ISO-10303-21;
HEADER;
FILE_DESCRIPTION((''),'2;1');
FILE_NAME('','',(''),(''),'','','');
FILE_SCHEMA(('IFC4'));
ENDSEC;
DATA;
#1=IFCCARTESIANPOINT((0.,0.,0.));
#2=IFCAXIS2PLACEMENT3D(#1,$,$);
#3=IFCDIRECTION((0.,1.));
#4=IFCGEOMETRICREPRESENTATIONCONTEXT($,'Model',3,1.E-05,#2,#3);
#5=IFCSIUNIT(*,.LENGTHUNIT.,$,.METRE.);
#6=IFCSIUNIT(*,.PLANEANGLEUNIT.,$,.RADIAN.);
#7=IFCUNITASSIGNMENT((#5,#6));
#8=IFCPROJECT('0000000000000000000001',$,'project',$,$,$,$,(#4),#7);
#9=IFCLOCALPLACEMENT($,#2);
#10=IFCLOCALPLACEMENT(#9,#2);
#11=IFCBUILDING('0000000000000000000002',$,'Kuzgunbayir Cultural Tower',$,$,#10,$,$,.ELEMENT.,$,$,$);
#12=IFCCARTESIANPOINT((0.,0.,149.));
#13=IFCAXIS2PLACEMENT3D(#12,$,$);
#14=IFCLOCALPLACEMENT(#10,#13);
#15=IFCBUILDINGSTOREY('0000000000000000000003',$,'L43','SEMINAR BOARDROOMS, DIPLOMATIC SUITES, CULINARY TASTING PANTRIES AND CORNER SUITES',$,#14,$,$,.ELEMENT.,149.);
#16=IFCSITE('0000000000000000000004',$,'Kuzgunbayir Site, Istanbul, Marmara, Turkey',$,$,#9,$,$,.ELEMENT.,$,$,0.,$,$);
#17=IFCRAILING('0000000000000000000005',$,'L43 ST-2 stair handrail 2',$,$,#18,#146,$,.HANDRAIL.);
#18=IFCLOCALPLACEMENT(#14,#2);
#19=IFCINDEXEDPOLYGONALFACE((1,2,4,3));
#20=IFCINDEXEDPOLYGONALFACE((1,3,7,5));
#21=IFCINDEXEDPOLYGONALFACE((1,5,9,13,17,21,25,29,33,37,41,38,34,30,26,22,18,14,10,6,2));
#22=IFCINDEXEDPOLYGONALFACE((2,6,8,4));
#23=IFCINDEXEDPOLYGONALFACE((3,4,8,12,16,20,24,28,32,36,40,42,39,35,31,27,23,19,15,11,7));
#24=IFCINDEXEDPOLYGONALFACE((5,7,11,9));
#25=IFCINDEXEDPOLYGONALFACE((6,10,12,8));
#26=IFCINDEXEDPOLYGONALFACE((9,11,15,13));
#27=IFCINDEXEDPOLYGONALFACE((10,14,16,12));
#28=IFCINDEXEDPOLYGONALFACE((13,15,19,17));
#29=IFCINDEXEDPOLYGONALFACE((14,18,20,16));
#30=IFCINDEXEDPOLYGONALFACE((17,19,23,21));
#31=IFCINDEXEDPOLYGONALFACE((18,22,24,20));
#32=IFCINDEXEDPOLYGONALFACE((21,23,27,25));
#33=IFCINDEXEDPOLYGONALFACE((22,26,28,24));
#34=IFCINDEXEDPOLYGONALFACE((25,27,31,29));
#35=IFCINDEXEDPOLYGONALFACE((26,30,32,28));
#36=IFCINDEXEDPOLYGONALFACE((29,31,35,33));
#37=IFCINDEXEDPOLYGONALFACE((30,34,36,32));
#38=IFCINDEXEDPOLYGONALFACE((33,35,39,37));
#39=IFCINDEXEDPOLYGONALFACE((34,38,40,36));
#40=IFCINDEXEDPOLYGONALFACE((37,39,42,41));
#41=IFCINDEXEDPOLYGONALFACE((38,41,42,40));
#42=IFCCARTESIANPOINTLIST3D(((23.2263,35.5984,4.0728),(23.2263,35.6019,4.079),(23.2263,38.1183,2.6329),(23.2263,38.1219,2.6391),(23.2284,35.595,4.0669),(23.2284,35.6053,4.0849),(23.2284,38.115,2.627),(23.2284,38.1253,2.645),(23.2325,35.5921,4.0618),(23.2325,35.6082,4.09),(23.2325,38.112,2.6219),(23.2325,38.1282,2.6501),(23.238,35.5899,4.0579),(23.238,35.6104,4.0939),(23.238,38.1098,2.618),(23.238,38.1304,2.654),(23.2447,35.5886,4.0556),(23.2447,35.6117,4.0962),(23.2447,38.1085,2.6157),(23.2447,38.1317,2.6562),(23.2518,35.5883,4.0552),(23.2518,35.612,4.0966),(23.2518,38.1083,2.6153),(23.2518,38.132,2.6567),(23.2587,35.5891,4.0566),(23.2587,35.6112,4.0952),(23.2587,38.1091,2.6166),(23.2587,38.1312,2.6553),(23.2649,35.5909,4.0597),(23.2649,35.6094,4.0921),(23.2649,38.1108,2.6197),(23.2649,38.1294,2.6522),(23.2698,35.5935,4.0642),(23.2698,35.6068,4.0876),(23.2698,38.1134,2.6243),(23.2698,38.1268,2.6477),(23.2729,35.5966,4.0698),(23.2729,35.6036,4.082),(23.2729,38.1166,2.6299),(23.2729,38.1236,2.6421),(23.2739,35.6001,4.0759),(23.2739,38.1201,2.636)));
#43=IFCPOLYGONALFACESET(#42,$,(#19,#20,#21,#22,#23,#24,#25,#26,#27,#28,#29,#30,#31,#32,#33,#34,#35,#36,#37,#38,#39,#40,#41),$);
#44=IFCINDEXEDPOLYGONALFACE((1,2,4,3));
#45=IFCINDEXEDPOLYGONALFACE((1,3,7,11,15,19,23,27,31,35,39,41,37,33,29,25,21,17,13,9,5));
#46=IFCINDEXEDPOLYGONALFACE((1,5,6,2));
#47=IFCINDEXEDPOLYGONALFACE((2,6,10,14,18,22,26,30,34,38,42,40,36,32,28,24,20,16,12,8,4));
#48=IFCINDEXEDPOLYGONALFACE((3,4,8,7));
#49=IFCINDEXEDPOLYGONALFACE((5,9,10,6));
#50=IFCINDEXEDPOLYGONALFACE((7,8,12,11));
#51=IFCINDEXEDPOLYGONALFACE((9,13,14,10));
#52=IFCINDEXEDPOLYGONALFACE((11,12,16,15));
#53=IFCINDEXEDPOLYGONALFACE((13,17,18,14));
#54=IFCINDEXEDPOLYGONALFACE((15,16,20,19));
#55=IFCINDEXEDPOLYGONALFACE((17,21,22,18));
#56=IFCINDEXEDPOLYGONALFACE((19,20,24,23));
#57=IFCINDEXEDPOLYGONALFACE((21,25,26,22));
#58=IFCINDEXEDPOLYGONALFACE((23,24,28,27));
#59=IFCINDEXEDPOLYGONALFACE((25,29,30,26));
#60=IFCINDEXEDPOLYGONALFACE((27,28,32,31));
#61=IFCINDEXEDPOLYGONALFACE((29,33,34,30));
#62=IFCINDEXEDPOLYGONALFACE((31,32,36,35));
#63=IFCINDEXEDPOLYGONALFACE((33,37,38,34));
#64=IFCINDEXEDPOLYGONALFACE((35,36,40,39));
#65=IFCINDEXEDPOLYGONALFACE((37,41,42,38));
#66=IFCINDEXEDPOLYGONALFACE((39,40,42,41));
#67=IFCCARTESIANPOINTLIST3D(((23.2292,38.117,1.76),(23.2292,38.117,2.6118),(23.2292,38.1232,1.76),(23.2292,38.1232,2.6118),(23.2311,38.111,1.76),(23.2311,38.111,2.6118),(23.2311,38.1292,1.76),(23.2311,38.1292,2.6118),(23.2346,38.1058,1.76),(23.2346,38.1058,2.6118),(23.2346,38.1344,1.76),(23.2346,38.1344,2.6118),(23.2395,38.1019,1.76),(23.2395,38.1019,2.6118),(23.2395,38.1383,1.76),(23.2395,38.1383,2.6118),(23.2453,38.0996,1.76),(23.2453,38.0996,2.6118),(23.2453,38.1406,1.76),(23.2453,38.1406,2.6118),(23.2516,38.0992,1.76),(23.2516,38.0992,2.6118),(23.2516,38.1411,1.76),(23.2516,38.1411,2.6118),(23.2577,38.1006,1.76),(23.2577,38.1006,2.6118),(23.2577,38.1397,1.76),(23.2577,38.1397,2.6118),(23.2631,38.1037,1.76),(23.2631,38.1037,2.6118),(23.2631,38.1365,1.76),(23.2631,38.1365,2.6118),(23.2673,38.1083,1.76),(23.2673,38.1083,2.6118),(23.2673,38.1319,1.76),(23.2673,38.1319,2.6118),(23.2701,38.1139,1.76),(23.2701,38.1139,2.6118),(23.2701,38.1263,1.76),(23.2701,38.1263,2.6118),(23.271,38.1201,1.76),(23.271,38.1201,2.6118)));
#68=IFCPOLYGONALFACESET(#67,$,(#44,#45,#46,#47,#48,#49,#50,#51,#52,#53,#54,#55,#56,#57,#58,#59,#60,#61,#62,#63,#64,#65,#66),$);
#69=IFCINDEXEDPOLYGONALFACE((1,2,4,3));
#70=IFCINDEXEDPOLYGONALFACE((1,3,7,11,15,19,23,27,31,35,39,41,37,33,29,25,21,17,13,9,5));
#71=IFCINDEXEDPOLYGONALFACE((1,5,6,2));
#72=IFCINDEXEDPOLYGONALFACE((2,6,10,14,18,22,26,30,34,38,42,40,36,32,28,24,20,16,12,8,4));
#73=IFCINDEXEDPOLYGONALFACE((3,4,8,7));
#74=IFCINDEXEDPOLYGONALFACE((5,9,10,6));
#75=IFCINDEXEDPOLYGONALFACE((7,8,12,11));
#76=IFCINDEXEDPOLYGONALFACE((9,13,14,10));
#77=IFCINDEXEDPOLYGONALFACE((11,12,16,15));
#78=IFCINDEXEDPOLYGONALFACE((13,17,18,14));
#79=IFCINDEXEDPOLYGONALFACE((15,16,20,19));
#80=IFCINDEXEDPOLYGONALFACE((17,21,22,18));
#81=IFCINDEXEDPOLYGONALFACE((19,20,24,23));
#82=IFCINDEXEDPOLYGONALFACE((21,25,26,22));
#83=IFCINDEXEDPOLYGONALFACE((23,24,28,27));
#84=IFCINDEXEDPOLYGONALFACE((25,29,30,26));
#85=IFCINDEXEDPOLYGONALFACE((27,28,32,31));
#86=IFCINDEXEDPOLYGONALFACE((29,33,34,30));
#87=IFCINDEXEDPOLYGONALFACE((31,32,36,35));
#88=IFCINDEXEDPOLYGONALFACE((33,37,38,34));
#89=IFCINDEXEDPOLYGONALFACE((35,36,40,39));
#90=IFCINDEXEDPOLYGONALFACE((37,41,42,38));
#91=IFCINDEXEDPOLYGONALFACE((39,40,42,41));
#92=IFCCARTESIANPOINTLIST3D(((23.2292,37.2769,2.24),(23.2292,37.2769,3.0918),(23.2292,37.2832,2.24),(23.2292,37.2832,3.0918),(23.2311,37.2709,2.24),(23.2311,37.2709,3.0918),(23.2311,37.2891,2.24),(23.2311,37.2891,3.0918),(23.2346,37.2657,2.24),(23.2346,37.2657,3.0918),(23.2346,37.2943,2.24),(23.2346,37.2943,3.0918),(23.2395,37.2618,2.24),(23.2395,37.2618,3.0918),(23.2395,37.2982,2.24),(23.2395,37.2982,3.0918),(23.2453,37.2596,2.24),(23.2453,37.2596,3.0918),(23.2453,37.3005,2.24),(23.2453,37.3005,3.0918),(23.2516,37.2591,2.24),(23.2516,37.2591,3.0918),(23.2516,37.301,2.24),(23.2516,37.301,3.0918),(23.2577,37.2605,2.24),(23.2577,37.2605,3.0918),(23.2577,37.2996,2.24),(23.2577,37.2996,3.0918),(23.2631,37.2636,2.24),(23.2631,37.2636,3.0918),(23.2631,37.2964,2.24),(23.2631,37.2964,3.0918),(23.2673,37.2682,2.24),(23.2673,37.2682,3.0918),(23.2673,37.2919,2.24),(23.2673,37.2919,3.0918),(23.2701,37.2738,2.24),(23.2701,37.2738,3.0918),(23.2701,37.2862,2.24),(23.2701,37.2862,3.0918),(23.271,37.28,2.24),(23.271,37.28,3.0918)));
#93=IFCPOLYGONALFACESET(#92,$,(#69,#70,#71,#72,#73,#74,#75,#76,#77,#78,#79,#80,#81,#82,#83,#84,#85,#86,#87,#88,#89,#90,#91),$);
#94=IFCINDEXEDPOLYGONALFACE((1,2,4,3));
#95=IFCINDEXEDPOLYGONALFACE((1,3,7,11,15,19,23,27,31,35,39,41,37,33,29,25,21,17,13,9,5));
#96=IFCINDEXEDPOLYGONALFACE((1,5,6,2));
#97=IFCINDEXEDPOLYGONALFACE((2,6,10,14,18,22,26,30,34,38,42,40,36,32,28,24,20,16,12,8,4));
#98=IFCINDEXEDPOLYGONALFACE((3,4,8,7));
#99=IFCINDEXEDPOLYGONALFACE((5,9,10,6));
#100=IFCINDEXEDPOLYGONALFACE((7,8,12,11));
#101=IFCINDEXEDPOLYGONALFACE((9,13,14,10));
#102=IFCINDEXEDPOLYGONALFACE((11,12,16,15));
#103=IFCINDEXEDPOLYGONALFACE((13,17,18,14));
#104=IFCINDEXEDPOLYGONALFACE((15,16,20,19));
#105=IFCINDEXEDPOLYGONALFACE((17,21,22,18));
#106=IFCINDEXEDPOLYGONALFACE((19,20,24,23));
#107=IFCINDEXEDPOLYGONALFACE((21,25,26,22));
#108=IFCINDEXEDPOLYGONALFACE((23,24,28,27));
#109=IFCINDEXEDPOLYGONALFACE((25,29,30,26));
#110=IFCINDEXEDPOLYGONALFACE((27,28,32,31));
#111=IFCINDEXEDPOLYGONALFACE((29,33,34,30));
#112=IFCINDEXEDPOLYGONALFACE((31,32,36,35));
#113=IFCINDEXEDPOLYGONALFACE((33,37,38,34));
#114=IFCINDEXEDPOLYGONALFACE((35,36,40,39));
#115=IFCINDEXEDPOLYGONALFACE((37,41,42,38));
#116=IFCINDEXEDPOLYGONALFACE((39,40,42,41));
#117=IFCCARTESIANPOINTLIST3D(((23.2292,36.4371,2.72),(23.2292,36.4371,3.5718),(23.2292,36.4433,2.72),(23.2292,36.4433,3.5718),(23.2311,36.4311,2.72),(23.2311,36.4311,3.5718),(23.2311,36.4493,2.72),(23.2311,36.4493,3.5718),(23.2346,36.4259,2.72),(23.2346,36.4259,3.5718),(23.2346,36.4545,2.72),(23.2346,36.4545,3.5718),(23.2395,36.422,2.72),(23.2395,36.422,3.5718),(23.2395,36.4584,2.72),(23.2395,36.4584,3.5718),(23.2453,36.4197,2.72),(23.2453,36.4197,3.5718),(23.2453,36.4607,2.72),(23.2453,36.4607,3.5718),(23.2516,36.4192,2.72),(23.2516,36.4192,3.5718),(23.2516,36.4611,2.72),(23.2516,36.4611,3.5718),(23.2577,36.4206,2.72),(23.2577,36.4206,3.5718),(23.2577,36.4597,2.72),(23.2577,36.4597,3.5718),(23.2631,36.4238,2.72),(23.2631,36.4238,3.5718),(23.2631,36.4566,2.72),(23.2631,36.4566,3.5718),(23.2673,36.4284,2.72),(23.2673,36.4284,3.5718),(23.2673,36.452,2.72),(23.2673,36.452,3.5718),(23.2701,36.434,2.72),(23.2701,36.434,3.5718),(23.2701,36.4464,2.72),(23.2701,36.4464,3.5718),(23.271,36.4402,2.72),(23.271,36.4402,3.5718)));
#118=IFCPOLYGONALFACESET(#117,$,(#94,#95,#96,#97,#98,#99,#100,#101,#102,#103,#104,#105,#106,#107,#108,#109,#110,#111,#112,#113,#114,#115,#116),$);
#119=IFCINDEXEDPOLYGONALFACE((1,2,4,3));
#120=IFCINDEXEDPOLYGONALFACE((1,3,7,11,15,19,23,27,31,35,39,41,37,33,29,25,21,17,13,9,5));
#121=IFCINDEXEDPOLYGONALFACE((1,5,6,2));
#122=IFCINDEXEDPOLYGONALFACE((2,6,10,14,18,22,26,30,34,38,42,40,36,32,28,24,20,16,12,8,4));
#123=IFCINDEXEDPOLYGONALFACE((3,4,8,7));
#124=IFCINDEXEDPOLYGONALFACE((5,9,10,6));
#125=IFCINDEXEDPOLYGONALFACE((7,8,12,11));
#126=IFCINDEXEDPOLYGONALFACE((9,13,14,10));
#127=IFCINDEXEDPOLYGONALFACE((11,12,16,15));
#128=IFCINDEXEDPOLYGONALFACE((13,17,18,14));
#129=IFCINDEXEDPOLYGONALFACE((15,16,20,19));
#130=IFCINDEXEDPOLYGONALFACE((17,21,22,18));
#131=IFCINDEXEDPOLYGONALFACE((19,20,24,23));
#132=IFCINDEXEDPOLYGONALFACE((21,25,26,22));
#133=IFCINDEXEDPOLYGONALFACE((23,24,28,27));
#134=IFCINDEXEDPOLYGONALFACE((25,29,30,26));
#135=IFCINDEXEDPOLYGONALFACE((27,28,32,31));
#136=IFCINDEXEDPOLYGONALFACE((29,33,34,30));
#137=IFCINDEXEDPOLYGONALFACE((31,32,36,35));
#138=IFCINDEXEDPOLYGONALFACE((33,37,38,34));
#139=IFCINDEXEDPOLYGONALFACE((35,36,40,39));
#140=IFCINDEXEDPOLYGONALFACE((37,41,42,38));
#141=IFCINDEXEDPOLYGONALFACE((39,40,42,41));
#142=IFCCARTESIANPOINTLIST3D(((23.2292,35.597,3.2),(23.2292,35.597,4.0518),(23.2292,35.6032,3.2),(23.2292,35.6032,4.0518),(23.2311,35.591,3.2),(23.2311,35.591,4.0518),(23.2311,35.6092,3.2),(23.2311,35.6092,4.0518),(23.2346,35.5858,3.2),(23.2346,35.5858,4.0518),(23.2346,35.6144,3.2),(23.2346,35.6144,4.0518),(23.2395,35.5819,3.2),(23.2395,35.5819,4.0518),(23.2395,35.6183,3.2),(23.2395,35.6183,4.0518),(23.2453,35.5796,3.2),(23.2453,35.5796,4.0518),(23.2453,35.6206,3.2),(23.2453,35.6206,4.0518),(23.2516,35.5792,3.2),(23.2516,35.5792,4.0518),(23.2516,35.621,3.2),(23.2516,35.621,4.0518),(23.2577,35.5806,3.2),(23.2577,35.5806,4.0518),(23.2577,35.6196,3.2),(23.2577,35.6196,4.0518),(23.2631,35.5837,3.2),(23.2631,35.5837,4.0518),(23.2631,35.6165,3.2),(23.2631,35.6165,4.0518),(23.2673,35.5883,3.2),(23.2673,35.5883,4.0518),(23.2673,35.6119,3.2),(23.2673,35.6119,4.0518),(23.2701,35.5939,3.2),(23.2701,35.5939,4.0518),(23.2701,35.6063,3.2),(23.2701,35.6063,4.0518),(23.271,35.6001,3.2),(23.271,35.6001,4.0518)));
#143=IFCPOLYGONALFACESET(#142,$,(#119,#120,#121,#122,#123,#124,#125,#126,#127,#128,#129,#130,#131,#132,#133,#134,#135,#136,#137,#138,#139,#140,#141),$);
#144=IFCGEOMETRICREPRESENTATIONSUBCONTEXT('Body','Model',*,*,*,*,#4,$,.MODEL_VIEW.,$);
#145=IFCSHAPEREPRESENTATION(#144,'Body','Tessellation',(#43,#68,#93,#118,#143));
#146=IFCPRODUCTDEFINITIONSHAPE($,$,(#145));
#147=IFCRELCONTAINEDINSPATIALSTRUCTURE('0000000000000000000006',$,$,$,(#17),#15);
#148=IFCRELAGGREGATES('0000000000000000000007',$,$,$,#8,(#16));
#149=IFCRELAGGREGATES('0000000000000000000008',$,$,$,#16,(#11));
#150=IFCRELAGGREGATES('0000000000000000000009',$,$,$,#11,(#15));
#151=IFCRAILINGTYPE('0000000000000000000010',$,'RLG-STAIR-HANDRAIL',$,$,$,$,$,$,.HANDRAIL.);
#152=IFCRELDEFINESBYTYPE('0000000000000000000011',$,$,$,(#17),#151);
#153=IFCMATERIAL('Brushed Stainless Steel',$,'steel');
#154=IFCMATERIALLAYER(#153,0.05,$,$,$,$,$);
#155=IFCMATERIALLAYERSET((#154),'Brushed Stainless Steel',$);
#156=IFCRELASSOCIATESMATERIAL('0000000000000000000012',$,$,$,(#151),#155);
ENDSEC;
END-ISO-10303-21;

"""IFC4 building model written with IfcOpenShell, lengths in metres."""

from ifc_helpers import new_model, si_unit, direction, frame, origin, origin_2d, place, context, subcontext, project, spatial, circle, extrude, material, layer, layer_set, type_object, element, save


model = new_model("IFC4")

# Units and contexts
model_context = context("Model", 3, precision=1e-05, world=origin(), true_north=direction((0.0, 1.0)))
body_context = subcontext(model_context, "Body", "Model", "MODEL_VIEW")
ifc_project = project(units=[si_unit("LENGTHUNIT", "METRE"), si_unit("PLANEANGLEUNIT", "RADIAN")], contexts=[model_context])

# Site, building, storey
site_placement = place(None, origin())
site = spatial("IfcSite", under=ifc_project, at=site_placement, Name="Kuzgunbayir Site, Istanbul, Marmara, Turkey", CompositionType="ELEMENT", RefElevation=0.0)
building_placement = place(site_placement, origin())
building = spatial("IfcBuilding", under=site, at=building_placement, Name="Kuzgunbayir Cultural Tower", CompositionType="ELEMENT")
storey_placement = place(building_placement, frame((0.0, 0.0, 149.0)))
storey = spatial("IfcBuildingStorey", under=building, at=storey_placement, Name="L43", Description="SEMINAR BOARDROOMS, DIPLOMATIC SUITES, CULINARY TASTING PANTRIES AND CORNER SUITES", CompositionType="ELEMENT", Elevation=149.0)

# Shared definitions
ifc_material_1 = material(Name="Brushed Stainless Steel", Category="steel")

# Railing
ifc_layer_1 = layer(ifc_material_1, 0.05)
ifc_layer_set_1 = layer_set([ifc_layer_1], Name="Brushed Stainless Steel")
railing_type_1 = type_object("IfcRailingType", Name="RLG-STAIR-HANDRAIL", PredefinedType="HANDRAIL", material=ifc_layer_set_1)
railing_1_placement = place(storey_placement, frame((23.25, 38.1201, 1.76)))
element("IfcRailing", 1, at=railing_1_placement, inside=storey, type_object=railing_type_1, Name="L43 ST-2 stair handrail 2", PredefinedType="HANDRAIL", context=body_context, shape_type="SweptSolid", body=[
    extrude(circle(Radius=0.0239, at=origin_2d()), frame((0.0, 0.0, 0.876), z_axis=(0.0, -0.868253, 0.496121), x_axis=(1.0, 0.0, 0.0)), (0.0, 0.0, 1.0), 2.9023),
    extrude(circle(Radius=0.021, at=origin_2d()), origin(), (0.0, 0.0, 1.0), 0.8518),
    extrude(circle(Radius=0.021, at=origin_2d()), frame((0.0, -0.8401, 0.48)), (0.0, 0.0, 1.0), 0.8518),
    extrude(circle(Radius=0.021, at=origin_2d()), frame((0.0, -1.6799, 0.96)), (0.0, 0.0, 1.0), 0.8518),
    extrude(circle(Radius=0.021, at=origin_2d()), frame((0.0, -2.52, 1.4399)), (0.0, 0.0, 1.0), 0.8518),
])

save(model, "model.ifc")
